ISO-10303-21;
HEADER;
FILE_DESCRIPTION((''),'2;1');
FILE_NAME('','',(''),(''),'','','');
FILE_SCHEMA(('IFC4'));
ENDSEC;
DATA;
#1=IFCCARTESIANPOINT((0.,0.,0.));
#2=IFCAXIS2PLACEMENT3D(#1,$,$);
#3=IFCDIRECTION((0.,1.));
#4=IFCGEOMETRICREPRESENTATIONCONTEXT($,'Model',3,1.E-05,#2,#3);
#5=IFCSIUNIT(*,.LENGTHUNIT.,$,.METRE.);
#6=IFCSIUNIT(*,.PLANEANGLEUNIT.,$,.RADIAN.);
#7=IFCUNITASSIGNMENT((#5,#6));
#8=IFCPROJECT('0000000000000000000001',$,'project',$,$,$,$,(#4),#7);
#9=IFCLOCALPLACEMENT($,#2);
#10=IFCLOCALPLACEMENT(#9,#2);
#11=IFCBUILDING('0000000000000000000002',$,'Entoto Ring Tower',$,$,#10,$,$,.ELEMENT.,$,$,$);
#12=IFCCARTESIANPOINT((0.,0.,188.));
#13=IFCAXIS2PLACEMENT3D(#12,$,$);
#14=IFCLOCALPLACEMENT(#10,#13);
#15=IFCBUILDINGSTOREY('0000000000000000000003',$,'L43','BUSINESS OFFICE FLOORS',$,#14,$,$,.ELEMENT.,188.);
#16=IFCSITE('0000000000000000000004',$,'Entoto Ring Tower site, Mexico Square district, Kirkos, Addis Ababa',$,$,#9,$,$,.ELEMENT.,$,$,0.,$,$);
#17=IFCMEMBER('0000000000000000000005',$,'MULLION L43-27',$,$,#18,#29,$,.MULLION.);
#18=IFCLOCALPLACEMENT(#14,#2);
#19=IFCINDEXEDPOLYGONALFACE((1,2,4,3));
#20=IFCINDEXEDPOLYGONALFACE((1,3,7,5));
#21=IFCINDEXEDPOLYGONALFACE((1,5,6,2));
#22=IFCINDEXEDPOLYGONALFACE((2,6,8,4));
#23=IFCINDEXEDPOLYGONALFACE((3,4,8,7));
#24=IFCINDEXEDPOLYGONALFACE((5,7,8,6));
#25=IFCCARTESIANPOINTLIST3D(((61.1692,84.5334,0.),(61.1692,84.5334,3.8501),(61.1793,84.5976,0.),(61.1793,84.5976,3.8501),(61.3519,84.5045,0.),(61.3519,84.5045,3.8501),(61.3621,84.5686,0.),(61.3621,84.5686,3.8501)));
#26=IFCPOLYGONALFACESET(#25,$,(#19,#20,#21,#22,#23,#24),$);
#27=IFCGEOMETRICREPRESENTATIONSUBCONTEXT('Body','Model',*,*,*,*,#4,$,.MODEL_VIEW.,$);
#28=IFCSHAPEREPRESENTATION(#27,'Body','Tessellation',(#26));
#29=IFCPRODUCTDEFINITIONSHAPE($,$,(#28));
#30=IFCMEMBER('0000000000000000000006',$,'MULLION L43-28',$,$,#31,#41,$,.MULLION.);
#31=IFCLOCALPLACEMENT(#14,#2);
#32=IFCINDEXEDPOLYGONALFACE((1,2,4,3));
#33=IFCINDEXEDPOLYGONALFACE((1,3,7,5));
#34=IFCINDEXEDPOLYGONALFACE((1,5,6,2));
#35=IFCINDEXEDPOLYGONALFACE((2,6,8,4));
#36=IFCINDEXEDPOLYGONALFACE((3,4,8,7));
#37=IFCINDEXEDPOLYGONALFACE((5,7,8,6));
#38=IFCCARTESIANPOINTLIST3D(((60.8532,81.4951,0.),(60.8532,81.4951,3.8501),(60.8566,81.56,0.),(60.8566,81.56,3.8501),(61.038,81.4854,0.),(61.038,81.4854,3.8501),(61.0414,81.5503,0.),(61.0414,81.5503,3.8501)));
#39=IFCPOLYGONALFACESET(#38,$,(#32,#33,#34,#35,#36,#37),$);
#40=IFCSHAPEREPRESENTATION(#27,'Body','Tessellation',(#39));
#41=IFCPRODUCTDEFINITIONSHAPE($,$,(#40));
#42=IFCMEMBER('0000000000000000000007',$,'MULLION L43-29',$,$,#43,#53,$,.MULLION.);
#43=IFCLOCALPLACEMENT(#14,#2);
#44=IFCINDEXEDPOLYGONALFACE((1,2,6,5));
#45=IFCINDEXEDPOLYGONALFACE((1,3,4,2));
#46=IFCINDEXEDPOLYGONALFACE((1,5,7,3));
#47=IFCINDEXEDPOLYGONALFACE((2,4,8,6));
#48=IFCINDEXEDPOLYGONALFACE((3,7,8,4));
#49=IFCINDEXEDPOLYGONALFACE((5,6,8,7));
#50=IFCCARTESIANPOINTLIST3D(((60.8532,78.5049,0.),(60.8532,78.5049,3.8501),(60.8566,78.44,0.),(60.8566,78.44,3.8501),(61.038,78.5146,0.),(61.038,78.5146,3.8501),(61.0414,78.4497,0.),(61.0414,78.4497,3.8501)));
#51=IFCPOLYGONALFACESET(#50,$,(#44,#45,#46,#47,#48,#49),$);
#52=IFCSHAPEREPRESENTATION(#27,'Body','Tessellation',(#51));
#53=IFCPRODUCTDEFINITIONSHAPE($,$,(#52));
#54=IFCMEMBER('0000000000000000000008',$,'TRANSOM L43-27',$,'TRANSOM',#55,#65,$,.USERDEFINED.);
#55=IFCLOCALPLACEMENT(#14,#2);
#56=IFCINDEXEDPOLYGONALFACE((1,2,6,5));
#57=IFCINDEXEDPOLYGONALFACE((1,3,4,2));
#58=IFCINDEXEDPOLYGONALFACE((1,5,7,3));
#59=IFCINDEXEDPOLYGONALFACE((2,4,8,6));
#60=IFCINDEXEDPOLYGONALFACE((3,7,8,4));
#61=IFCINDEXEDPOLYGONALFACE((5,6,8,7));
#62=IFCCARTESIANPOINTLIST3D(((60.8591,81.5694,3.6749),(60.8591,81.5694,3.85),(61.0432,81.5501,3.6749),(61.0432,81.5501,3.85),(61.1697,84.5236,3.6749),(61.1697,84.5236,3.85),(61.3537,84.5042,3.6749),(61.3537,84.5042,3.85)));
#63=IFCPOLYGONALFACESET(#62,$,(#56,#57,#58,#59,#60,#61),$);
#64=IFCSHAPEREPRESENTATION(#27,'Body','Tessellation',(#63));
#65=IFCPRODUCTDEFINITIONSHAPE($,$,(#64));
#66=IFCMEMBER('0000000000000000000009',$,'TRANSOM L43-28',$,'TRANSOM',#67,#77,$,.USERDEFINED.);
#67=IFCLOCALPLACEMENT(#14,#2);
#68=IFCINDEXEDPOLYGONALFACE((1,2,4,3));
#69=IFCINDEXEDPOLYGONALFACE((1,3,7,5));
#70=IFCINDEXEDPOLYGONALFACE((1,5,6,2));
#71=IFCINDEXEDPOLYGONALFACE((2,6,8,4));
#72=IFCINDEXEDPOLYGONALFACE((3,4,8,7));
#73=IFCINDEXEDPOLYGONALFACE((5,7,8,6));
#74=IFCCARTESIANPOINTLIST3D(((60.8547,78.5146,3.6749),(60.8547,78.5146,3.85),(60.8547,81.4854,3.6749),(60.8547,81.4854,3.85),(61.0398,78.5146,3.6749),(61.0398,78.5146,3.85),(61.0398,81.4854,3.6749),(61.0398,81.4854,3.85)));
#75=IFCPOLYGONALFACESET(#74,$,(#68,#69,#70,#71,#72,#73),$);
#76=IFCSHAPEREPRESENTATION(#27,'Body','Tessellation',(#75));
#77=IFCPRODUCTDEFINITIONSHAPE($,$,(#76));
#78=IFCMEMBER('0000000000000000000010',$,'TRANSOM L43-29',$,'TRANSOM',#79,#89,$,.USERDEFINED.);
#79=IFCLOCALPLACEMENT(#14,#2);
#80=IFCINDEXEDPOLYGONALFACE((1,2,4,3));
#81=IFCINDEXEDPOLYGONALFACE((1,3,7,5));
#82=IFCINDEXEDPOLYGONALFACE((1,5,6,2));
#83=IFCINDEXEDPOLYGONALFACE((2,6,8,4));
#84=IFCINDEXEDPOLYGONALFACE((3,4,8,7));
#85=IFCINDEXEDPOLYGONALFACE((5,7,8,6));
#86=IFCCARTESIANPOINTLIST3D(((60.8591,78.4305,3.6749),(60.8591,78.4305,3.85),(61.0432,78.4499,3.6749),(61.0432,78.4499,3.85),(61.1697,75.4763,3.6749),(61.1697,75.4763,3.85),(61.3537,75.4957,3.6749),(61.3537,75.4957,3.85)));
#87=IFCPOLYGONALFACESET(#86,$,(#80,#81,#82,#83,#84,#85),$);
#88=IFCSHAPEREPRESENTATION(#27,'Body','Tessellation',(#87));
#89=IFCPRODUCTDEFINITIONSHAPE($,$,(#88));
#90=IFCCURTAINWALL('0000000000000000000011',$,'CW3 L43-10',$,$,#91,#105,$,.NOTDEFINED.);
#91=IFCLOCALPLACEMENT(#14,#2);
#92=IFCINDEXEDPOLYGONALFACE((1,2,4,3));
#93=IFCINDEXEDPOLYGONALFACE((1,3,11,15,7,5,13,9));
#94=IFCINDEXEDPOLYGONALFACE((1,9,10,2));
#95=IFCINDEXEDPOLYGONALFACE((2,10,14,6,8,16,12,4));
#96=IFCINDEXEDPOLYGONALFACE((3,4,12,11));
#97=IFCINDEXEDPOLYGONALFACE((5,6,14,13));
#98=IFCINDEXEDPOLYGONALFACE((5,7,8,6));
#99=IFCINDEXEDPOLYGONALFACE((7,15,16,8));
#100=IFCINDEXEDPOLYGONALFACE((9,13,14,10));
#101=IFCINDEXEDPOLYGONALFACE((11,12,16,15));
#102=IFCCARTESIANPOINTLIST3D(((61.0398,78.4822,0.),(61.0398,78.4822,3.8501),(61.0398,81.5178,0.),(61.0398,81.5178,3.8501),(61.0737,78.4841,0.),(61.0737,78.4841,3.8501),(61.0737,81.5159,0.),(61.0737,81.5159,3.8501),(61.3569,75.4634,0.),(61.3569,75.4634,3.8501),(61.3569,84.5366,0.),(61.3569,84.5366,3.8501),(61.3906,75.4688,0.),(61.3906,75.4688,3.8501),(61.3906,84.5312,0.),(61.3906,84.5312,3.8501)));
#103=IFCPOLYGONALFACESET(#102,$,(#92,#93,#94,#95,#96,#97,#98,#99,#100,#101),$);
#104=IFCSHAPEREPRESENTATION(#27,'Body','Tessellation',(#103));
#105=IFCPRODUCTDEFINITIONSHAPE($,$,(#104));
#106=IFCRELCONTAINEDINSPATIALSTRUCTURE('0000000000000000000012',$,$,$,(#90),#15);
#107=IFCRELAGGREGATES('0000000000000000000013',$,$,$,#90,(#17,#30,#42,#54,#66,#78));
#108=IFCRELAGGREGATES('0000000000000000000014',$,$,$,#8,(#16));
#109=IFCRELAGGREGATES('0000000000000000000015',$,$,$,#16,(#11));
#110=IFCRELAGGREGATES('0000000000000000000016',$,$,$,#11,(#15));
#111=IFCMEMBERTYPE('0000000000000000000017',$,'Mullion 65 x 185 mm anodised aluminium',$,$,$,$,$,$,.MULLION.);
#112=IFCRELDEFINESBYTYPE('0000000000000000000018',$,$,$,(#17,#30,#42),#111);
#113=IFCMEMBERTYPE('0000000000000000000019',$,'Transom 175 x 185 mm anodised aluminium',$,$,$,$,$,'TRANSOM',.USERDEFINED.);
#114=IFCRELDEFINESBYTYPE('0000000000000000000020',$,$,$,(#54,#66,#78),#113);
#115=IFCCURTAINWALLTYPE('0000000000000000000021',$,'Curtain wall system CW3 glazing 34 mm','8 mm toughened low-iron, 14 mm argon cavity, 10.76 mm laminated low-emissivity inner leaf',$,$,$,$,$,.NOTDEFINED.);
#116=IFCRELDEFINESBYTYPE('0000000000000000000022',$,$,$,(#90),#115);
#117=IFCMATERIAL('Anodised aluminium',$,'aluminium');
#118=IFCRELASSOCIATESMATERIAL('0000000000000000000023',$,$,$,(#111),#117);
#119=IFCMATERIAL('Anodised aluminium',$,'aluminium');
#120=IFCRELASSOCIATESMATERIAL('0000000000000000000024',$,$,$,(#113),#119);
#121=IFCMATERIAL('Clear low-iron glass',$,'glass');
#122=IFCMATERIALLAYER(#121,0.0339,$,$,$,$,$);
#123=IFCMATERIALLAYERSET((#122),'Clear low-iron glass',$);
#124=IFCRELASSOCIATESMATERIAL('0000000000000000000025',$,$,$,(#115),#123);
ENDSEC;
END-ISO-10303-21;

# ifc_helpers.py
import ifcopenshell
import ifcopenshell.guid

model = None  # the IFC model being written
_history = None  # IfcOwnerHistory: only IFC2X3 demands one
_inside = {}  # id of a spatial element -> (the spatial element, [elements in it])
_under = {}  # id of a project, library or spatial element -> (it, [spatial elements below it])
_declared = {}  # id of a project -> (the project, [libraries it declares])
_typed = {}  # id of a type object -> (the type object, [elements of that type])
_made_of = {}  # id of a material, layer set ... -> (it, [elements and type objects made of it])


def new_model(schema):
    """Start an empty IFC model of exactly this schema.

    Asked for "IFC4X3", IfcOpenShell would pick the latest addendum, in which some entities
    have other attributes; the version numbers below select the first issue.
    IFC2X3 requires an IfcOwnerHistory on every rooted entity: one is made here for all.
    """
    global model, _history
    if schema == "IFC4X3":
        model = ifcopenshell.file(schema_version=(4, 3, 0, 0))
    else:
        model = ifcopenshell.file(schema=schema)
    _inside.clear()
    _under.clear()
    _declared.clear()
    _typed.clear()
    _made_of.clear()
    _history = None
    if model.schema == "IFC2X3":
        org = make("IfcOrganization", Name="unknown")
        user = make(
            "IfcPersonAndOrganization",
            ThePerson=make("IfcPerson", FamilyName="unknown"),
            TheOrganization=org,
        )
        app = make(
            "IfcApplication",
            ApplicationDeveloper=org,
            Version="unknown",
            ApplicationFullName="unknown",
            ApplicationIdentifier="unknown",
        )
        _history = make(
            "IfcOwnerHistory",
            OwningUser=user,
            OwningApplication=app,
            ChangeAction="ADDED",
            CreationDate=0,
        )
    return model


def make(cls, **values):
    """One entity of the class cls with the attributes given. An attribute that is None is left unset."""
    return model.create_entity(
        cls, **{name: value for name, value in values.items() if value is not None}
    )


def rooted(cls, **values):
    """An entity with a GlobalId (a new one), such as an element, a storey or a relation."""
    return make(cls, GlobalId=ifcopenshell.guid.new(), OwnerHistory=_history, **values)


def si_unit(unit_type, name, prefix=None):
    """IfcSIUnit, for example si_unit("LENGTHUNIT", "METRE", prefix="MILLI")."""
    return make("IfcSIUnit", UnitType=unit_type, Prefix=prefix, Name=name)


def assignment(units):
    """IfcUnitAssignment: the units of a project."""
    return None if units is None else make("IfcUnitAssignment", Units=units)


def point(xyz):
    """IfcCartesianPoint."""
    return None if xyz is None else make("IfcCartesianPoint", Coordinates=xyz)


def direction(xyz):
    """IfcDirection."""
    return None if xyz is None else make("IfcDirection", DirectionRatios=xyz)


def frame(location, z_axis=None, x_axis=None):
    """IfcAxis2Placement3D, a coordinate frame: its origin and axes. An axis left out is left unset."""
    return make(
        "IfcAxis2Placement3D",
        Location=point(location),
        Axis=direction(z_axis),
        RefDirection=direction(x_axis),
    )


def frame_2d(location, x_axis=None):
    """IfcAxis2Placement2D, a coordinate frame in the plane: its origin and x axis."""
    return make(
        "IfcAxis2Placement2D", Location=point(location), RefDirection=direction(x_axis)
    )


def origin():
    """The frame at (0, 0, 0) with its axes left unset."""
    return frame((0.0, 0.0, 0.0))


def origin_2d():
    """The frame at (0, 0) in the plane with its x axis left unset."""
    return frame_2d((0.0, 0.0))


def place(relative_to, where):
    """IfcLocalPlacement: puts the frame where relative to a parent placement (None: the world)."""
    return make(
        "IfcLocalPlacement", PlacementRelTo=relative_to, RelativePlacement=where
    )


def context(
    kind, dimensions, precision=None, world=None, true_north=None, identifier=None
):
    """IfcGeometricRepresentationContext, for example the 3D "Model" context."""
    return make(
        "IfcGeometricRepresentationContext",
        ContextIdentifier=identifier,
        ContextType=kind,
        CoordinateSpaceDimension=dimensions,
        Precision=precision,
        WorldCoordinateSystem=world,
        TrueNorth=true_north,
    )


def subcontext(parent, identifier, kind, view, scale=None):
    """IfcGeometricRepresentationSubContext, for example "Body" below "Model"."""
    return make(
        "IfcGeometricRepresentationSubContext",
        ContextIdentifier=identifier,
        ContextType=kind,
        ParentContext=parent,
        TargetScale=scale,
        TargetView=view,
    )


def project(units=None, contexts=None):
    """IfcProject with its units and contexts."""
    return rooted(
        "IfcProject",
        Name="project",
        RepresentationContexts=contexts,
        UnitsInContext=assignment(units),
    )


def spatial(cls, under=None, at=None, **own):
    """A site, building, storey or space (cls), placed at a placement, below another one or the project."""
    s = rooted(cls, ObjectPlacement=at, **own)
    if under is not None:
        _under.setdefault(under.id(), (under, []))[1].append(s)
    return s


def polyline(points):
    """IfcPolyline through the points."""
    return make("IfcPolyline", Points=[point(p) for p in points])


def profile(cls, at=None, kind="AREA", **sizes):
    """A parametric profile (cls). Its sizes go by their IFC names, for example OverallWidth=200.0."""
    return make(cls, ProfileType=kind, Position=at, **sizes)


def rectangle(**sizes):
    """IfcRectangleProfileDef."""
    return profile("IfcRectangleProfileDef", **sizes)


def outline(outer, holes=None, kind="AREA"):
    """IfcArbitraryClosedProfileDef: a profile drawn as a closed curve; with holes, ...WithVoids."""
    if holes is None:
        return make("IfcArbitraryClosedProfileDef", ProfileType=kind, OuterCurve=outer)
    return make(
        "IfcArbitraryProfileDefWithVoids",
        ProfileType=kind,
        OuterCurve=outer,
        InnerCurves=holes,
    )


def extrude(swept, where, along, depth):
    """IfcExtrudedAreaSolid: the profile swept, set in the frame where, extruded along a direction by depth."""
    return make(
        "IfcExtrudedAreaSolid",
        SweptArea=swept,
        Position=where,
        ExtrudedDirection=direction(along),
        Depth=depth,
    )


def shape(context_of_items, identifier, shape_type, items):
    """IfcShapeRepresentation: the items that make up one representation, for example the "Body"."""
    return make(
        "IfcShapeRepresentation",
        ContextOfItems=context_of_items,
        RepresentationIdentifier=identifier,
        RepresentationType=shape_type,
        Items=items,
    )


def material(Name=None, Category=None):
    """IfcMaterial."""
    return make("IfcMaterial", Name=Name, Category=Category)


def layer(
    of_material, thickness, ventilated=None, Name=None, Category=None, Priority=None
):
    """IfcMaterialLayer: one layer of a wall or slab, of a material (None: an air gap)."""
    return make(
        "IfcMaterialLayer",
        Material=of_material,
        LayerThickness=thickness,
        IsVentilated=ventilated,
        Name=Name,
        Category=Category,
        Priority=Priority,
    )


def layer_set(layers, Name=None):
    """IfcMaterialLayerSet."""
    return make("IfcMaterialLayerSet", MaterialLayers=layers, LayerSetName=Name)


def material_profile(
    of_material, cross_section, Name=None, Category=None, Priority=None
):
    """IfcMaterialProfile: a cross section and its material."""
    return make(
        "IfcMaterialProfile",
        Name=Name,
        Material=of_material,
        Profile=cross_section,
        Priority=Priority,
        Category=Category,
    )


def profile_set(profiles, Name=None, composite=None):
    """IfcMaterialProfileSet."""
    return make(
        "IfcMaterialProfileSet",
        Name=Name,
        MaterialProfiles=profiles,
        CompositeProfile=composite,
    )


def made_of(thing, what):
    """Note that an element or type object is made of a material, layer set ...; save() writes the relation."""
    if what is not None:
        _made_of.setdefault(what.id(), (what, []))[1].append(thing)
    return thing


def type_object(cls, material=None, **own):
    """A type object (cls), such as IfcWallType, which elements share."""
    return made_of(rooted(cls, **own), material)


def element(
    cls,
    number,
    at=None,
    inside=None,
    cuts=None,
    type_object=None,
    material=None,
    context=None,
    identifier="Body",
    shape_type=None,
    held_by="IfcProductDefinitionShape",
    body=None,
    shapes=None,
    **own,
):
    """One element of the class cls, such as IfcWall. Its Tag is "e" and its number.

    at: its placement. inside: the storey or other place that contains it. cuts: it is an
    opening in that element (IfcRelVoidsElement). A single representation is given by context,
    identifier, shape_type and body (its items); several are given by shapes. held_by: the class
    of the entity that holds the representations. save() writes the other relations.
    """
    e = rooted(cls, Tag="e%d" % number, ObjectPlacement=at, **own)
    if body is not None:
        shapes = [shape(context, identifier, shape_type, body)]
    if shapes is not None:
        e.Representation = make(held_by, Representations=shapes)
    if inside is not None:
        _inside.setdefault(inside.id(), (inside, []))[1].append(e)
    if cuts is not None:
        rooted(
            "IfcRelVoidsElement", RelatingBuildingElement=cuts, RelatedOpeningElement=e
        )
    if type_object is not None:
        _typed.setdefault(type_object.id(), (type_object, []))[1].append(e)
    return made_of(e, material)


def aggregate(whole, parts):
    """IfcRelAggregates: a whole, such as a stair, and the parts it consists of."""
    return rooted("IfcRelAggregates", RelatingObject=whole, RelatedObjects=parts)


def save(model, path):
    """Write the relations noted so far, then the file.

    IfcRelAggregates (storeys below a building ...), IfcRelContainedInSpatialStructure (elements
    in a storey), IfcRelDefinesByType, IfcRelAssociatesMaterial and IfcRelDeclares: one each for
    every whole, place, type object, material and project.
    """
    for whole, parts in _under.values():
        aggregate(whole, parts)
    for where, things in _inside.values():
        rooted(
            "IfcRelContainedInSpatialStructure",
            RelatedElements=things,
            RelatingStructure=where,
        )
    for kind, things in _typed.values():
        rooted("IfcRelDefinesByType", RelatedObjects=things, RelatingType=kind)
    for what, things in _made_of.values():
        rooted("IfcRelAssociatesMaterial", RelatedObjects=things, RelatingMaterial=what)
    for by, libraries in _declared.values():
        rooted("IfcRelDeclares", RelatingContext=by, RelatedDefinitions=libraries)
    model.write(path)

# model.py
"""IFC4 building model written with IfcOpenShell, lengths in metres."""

from ifc_helpers import new_model, si_unit, direction, frame, origin, origin_2d, place, context, subcontext, project, spatial, polyline, rectangle, outline, extrude, material, layer, layer_set, material_profile, profile_set, type_object, element, aggregate, save


model = new_model("IFC4")

# Units and contexts
model_context = context("Model", 3, precision=1e-05, world=origin(), true_north=direction((0.0, 1.0)))
body_context = subcontext(model_context, "Body", "Model", "MODEL_VIEW")
ifc_project = project(units=[si_unit("LENGTHUNIT", "METRE"), si_unit("PLANEANGLEUNIT", "RADIAN")], contexts=[model_context])

# Members
ifc_material_1 = material(Name="Anodised aluminium", Category="aluminium")
ifc_material_profile_1 = material_profile(ifc_material_1, rectangle(XDim=0.0649, YDim=0.1851, at=origin_2d()), Name="Mullion 65 x 185 mm anodised aluminium")
ifc_profile_set_1 = profile_set([ifc_material_profile_1], Name="Anodised aluminium")
member_type_1 = type_object("IfcMemberType", Name="Mullion 65 x 185 mm anodised aluminium", PredefinedType="MULLION", material=ifc_profile_set_1)
site_placement = place(None, origin())
building_placement = place(site_placement, origin())
storey_placement = place(building_placement, frame((0.0, 0.0, 188.0)))
member_1_placement = place(storey_placement, frame((61.2656, 84.551, 0.0), z_axis=(0.0, 0.0, 1.0), x_axis=(-0.156434, -0.987688, 0.0)))
member_1 = element("IfcMember", 1, at=member_1_placement, type_object=member_type_1, Name="MULLION L43-27", PredefinedType="MULLION", context=body_context, shape_type="SweptSolid", body=[
    extrude(rectangle(XDim=0.0649, YDim=0.1851, at=origin_2d()), origin(), (0.0, 0.0, 1.0), 3.8501),
])
member_2_placement = place(storey_placement, frame((60.9473, 81.5227, 0.0), z_axis=(0.0, 0.0, 1.0), x_axis=(-0.052336, -0.99863, 0.0)))
member_2 = element("IfcMember", 2, at=member_2_placement, type_object=member_type_1, Name="MULLION L43-28", PredefinedType="MULLION", context=body_context, shape_type="SweptSolid", body=[
    extrude(rectangle(XDim=0.0649, YDim=0.1851, at=origin_2d()), origin(), (0.0, 0.0, 1.0), 3.8501),
])
member_3_placement = place(storey_placement, frame((60.9473, 78.4773, 0.0), z_axis=(0.0, 0.0, 1.0), x_axis=(0.052336, -0.99863, 0.0)))
member_3 = element("IfcMember", 3, at=member_3_placement, type_object=member_type_1, Name="MULLION L43-29", PredefinedType="MULLION", context=body_context, shape_type="SweptSolid", body=[
    extrude(rectangle(XDim=0.0649, YDim=0.1851, at=origin_2d()), origin(), (0.0, 0.0, 1.0), 3.8501),
])
ifc_material_2 = material(Name="Anodised aluminium", Category="aluminium")
ifc_material_profile_2 = material_profile(ifc_material_2, rectangle(XDim=0.1851, YDim=0.175, at=origin_2d()), Name="Transom 175 x 185 mm anodised aluminium")
ifc_profile_set_2 = profile_set([ifc_material_profile_2], Name="Anodised aluminium")
member_type_2 = type_object("IfcMemberType", Name="Transom 175 x 185 mm anodised aluminium", ElementType="TRANSOM", PredefinedType="USERDEFINED", material=ifc_profile_set_2)
member_4_placement = place(storey_placement, frame((61.2617, 84.5139, 3.7625), z_axis=(-0.104548, -0.99452, 0.0), x_axis=(0.99452, -0.104548, 0.0)))
member_4 = element("IfcMember", 4, at=member_4_placement, type_object=member_type_2, Name="TRANSOM L43-27", ObjectType="TRANSOM", PredefinedType="USERDEFINED", context=body_context, shape_type="SweptSolid", body=[
    extrude(rectangle(XDim=0.1851, YDim=0.175, at=origin_2d()), origin(), (0.0, 0.0, 1.0), 2.9705),
])
member_5_placement = place(storey_placement, frame((60.9473, 81.4854, 3.7625), z_axis=(0.0, -1.0, 0.0), x_axis=(1.0, 0.0, 0.0)))
member_5 = element("IfcMember", 5, at=member_5_placement, type_object=member_type_2, Name="TRANSOM L43-28", ObjectType="TRANSOM", PredefinedType="USERDEFINED", context=body_context, shape_type="SweptSolid", body=[
    extrude(rectangle(XDim=0.1851, YDim=0.175, at=origin_2d()), origin(), (0.0, 0.0, 1.0), 2.9707),
])
member_6_placement = place(storey_placement, frame((60.9512, 78.4402, 3.7625), z_axis=(0.104548, -0.99452, 0.0), x_axis=(0.99452, 0.104548, 0.0)))
member_6 = element("IfcMember", 6, at=member_6_placement, type_object=member_type_2, Name="TRANSOM L43-29", ObjectType="TRANSOM", PredefinedType="USERDEFINED", context=body_context, shape_type="SweptSolid", body=[
    extrude(rectangle(XDim=0.1851, YDim=0.175, at=origin_2d()), origin(), (0.0, 0.0, 1.0), 2.9705),
])

# Site, building, storey
site = spatial("IfcSite", under=ifc_project, at=site_placement, Name="Entoto Ring Tower site, Mexico Square district, Kirkos, Addis Ababa", CompositionType="ELEMENT", RefElevation=0.0)
building = spatial("IfcBuilding", under=site, at=building_placement, Name="Entoto Ring Tower", CompositionType="ELEMENT")
storey = spatial("IfcBuildingStorey", under=building, at=storey_placement, Name="L43", Description="BUSINESS OFFICE FLOORS", CompositionType="ELEMENT", Elevation=188.0)

# Curtain wall
ifc_material_3 = material(Name="Clear low-iron glass", Category="glass")
ifc_layer = layer(ifc_material_3, 0.0339)
ifc_layer_set = layer_set([ifc_layer], Name="Clear low-iron glass")
curtain_wall_type = type_object("IfcCurtainWallType", Name="Curtain wall system CW3 glazing 34 mm", Description="8 mm toughened low-iron, 14 mm argon cavity, 10.76 mm laminated low-emissivity inner leaf", PredefinedType="NOTDEFINED", material=ifc_layer_set)
curtain_wall_1_placement = place(storey_placement, origin())
curtain_wall_1 = element("IfcCurtainWall", 7, at=curtain_wall_1_placement, inside=storey, type_object=curtain_wall_type, Name="CW3 L43-10", PredefinedType="NOTDEFINED", context=body_context, shape_type="SweptSolid", body=[
    extrude(outline(polyline([(61.3569, 84.5366), (61.0398, 81.5178), (61.0398, 78.4822), (61.3569, 75.4634), (61.3906, 75.4688), (61.0737, 78.4841), (61.0737, 81.5159), (61.3906, 84.5312), (61.3569, 84.5366)])), origin(), (0.0, 0.0, 1.0), 3.8501),
])
aggregate(curtain_wall_1, [member_1, member_2, member_3, member_4, member_5, member_6])

save(model, "model.ifc")
